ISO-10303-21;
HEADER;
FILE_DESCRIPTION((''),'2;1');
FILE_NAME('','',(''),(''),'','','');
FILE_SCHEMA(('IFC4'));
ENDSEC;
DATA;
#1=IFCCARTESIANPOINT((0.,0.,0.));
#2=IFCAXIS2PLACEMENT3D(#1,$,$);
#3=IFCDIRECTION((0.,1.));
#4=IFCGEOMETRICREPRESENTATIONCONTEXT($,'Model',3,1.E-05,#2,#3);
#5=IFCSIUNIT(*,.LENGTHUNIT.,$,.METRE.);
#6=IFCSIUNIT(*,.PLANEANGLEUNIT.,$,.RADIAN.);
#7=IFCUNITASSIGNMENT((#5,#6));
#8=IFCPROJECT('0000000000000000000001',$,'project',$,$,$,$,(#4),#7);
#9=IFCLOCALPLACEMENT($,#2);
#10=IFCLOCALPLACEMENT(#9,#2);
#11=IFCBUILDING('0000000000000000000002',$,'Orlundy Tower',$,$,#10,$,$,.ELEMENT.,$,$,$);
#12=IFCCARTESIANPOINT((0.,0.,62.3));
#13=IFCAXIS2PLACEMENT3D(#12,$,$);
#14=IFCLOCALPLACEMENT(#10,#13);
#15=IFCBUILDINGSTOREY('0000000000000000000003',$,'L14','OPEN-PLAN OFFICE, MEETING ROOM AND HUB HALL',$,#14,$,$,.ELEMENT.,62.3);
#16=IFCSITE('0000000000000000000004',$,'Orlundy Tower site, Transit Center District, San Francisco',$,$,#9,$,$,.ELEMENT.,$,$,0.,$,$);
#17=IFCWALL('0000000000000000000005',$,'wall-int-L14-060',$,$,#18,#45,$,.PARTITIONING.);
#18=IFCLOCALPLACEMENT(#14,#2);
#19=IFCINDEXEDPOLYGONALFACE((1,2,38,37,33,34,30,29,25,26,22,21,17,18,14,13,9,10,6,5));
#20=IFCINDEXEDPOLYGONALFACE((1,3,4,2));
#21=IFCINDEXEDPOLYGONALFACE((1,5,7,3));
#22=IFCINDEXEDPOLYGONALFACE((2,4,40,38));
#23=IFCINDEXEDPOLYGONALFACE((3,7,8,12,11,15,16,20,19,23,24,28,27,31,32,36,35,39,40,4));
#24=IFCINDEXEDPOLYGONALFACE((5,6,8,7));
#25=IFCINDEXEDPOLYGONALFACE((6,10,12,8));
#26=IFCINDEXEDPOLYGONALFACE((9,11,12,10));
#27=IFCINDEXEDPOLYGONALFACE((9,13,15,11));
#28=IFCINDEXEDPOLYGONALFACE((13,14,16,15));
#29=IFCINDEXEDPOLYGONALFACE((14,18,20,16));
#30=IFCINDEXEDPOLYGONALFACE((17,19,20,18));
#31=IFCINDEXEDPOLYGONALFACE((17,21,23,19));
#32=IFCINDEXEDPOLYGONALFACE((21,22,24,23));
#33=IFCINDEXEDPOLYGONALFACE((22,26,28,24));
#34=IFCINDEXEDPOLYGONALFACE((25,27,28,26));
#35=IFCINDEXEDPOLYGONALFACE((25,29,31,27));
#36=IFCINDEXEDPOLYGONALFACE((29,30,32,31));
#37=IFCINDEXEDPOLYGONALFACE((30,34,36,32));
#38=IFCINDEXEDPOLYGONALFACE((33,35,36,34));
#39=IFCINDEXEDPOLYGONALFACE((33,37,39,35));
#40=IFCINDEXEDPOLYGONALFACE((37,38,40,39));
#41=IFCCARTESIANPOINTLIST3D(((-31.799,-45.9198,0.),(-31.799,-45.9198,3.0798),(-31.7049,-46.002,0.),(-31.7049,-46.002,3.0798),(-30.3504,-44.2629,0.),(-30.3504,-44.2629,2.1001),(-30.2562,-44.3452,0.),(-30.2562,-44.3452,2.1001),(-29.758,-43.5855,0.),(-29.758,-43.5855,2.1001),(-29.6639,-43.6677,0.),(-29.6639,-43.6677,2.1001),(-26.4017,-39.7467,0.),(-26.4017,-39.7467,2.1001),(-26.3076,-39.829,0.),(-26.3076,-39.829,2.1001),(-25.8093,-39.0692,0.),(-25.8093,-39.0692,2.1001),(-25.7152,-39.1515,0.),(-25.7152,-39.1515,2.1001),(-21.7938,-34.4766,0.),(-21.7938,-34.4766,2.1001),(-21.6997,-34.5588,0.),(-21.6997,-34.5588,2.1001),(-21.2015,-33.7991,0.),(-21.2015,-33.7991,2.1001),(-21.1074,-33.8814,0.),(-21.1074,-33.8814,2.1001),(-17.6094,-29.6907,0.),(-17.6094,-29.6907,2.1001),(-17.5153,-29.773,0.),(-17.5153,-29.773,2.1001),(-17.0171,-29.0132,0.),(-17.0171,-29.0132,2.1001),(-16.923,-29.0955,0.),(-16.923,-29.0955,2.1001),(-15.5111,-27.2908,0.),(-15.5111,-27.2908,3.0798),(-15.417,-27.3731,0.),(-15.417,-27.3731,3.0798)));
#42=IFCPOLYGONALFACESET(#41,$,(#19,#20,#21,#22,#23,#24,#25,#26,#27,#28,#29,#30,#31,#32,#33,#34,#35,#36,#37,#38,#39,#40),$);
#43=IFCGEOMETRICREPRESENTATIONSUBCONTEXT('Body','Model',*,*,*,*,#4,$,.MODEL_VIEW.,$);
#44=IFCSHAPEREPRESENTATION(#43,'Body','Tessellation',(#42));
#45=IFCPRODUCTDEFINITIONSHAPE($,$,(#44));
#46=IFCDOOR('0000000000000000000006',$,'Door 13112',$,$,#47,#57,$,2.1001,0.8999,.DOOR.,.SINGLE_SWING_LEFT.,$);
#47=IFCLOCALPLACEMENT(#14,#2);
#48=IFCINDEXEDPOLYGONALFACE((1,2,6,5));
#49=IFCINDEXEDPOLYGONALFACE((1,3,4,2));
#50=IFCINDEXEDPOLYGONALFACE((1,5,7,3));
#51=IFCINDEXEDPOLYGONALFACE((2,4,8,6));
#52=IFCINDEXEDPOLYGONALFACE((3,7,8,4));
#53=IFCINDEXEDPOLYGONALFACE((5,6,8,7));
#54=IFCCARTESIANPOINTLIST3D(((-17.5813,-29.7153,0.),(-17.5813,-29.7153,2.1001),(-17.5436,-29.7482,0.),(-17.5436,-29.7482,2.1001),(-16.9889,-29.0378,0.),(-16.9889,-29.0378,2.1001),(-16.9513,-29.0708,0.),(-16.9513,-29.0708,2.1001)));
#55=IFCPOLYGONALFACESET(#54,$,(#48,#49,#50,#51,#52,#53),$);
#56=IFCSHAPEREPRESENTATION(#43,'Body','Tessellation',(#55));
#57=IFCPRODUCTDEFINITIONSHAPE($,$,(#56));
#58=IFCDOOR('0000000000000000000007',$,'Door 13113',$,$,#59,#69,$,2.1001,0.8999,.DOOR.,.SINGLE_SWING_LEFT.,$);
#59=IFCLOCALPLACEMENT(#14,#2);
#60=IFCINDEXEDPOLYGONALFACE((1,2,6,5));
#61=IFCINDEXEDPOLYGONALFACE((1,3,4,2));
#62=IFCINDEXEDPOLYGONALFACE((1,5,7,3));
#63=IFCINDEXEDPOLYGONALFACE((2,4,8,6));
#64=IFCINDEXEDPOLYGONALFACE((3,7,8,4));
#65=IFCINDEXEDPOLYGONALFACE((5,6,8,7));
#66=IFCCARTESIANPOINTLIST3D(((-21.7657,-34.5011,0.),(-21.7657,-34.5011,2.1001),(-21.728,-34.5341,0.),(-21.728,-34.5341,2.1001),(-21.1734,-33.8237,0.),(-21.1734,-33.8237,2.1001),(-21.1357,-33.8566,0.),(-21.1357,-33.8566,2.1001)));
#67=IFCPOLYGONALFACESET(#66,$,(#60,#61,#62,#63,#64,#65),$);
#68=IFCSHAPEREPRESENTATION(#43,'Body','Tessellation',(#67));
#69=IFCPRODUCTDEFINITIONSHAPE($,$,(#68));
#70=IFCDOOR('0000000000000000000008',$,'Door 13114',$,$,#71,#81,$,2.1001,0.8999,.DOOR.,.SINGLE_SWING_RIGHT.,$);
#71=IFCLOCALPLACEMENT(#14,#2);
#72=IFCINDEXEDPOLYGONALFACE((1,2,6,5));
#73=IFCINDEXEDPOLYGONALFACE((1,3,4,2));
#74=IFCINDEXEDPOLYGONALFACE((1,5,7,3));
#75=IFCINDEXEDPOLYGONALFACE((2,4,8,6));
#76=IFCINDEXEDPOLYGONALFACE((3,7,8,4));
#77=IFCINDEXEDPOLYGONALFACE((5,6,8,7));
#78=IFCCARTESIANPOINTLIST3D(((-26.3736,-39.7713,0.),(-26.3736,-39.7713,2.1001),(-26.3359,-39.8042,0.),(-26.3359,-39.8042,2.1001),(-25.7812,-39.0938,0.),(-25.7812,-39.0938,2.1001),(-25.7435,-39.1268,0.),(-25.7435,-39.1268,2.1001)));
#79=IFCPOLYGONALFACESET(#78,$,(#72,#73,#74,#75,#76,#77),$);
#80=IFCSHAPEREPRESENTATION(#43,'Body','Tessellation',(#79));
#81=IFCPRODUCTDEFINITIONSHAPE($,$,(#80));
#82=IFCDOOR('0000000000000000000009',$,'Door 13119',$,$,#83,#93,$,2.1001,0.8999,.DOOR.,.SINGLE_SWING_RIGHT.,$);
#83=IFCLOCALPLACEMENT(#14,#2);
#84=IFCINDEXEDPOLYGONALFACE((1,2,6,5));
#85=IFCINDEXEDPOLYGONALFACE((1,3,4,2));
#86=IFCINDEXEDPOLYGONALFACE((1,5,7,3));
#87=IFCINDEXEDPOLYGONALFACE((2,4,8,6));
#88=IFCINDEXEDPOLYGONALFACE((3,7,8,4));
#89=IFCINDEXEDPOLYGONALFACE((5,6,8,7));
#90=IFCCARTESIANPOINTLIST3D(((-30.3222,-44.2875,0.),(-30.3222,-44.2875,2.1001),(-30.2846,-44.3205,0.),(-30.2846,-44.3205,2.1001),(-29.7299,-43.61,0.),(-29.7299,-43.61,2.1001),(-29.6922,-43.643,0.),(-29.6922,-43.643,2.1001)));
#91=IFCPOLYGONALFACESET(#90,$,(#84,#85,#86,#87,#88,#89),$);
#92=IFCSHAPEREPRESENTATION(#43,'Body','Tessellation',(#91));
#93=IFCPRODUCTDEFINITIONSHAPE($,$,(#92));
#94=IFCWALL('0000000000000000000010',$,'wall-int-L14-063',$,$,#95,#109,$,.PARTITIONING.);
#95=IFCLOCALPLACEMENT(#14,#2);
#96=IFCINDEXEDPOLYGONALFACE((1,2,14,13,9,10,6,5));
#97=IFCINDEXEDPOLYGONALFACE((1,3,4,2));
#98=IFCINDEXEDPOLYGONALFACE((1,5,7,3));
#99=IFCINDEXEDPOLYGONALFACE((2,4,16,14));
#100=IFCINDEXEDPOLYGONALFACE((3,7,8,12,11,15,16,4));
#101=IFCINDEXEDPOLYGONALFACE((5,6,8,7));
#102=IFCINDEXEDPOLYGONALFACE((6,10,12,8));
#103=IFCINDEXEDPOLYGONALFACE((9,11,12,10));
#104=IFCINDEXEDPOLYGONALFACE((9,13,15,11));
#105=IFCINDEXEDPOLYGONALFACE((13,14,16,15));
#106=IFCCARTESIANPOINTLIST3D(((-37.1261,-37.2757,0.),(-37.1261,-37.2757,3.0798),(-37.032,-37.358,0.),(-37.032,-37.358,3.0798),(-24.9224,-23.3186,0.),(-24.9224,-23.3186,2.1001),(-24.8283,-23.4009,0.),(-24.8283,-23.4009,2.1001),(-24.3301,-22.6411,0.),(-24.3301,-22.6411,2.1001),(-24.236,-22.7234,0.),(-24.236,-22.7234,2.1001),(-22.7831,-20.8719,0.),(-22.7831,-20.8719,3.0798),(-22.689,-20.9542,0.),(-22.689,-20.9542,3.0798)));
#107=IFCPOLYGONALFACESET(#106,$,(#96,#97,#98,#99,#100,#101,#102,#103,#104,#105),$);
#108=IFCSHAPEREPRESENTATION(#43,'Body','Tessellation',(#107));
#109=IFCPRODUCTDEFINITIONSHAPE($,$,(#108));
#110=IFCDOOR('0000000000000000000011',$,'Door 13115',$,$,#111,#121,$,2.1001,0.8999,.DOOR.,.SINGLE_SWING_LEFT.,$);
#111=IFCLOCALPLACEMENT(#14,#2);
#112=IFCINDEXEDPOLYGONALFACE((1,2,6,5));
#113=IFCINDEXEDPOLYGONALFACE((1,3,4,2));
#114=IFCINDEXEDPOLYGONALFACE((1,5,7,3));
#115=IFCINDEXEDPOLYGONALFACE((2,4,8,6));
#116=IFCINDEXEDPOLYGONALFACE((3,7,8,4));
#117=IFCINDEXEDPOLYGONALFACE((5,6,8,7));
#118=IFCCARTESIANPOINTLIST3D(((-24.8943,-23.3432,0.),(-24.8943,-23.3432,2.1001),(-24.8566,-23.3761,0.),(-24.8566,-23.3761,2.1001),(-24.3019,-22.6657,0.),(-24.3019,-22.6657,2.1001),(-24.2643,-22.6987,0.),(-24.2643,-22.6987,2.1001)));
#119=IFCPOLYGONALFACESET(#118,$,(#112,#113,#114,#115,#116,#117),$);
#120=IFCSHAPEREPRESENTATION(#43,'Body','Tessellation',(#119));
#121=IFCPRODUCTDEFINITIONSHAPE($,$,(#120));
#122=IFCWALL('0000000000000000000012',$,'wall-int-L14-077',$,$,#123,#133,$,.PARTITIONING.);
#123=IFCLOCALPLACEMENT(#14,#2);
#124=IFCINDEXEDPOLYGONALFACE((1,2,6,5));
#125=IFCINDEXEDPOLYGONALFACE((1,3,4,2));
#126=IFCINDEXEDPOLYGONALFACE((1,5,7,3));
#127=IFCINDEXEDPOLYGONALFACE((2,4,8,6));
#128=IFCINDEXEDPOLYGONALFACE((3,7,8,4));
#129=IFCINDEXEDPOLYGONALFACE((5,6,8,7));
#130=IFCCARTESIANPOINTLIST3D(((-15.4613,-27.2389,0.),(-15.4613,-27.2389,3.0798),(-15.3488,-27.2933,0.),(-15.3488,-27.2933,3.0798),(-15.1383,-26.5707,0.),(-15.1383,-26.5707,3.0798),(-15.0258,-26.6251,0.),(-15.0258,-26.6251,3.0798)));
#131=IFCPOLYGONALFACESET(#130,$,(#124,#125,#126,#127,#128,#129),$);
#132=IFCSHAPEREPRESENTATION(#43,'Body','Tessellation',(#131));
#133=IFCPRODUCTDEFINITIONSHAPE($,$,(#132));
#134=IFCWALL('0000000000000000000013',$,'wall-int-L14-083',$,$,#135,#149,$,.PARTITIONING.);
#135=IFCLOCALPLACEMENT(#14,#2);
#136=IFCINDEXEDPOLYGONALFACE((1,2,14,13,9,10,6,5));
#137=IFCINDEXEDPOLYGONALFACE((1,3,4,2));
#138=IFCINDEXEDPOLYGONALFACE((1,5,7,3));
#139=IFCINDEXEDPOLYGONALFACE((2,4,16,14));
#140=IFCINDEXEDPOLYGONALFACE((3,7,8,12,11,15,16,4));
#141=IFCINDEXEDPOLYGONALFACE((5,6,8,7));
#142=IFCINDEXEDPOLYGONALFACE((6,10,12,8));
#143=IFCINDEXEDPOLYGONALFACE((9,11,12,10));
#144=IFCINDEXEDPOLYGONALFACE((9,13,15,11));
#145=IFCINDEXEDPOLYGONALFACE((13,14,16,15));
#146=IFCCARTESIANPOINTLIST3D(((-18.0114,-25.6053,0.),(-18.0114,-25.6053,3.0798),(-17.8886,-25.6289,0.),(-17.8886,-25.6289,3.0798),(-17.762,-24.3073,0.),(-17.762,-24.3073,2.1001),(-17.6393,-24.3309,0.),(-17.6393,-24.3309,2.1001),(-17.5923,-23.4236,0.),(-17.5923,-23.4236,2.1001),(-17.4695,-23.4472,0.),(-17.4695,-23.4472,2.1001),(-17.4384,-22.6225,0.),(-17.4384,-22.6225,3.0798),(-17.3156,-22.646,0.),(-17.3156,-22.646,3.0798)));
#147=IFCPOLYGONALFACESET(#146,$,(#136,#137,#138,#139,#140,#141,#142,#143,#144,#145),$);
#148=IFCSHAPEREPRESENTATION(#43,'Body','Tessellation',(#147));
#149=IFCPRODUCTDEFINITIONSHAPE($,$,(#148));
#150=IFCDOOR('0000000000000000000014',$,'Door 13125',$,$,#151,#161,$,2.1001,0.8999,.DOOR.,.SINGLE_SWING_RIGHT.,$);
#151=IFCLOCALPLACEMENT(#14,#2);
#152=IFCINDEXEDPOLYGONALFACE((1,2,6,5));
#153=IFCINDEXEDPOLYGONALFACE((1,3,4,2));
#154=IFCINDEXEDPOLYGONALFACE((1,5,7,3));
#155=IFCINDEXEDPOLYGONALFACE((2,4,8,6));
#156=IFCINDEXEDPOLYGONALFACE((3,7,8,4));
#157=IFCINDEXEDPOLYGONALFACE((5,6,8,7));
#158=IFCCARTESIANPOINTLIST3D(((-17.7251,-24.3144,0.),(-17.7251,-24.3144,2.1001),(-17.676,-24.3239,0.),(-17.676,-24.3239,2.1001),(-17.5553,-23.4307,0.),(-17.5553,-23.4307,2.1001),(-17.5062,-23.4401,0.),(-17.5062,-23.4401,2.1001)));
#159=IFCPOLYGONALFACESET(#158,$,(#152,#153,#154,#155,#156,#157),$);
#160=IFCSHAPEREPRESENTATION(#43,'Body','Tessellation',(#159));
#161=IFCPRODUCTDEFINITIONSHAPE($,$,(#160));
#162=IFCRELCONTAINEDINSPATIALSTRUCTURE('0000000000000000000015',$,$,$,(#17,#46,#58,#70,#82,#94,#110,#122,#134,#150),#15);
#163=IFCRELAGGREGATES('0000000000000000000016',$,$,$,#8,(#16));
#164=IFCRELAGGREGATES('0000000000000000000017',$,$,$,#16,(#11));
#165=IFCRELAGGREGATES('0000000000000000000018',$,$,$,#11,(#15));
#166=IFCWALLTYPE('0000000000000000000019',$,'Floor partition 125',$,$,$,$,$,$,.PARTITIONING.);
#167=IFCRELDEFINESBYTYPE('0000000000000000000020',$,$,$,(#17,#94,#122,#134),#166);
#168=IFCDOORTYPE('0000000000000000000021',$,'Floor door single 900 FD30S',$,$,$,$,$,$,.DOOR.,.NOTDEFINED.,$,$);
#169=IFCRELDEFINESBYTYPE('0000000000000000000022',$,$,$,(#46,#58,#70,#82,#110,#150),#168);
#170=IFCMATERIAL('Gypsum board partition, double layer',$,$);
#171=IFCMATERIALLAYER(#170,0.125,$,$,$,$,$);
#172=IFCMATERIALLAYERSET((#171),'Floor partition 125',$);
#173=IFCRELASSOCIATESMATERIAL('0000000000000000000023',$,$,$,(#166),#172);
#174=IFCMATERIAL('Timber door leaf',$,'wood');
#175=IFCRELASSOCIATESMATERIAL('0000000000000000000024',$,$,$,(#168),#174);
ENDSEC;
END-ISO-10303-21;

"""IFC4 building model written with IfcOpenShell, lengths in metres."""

from ifc_helpers import new_model, si_unit, direction, frame, frame_2d, origin, place, context, subcontext, project, spatial, rectangle, extrude, material, layer, layer_set, type_object, element, fill, save


model = new_model("IFC4")

# Units and contexts
model_context = context("Model", 3, precision=1e-05, world=origin(), true_north=direction((0.0, 1.0)))
body_context = subcontext(model_context, "Body", "Model", "MODEL_VIEW")
ifc_project = project(units=[si_unit("LENGTHUNIT", "METRE"), si_unit("PLANEANGLEUNIT", "RADIAN")], contexts=[model_context])

# Site, building, storey
site_placement = place(None, origin())
site = spatial("IfcSite", under=ifc_project, at=site_placement, Name="Orlundy Tower site, Transit Center District, San Francisco", CompositionType="ELEMENT", RefElevation=0.0)
building_placement = place(site_placement, origin())
building = spatial("IfcBuilding", under=site, at=building_placement, Name="Orlundy Tower", CompositionType="ELEMENT")
storey_placement = place(building_placement, frame((0.0, 0.0, 62.3)))
storey = spatial("IfcBuildingStorey", under=building, at=storey_placement, Name="L14", Description="OPEN-PLAN OFFICE, MEETING ROOM AND HUB HALL", CompositionType="ELEMENT", Elevation=62.3)

# Shared definitions
ifc_material_1 = material(Name="Gypsum board partition, double layer")
ifc_layer_1 = layer(ifc_material_1, 0.125)
ifc_layer_set_1 = layer_set([ifc_layer_1], Name="Floor partition 125")
wall_type_1 = type_object("IfcWallType", Name="Floor partition 125", PredefinedType="PARTITIONING", material=ifc_layer_set_1)

# Wall, openings, doors
wall_1_placement = place(storey_placement, frame((-15.4641, -27.332, 0.0), z_axis=(0.0, 0.0, 1.0), x_axis=(-0.65822, -0.752826, 0.0)))
wall_1 = element("IfcWall", 1, at=wall_1_placement, inside=storey, type_object=wall_type_1, Name="wall-int-L14-060", PredefinedType="PARTITIONING", context=body_context, shape_type="SweptSolid", body=[
    extrude(rectangle(XDim=24.7454, YDim=0.125, at=frame_2d((12.3726, 0.0))), origin(), (0.0, 0.0, 1.0), 3.0798),
])
opening_1_placement = place(wall_1_placement, frame((2.2878, 0.0, 0.0)))
opening_1 = element("IfcOpeningElement", 2, at=opening_1_placement, cuts=wall_1, PredefinedType="OPENING", context=body_context, shape_type="SweptSolid", body=[
    extrude(rectangle(XDim=0.8999, YDim=2.1001, at=frame_2d((0.45, 1.05))), frame((0.0, 0.0725, 0.0), z_axis=(0.0, -1.0, 0.0), x_axis=(1.0, 0.0, 0.0)), (0.0, 0.0, 1.0), 0.145),
])
opening_2_placement = place(wall_1_placement, frame((8.645, 0.0, 0.0)))
opening_2 = element("IfcOpeningElement", 3, at=opening_2_placement, cuts=wall_1, PredefinedType="OPENING", context=body_context, shape_type="SweptSolid", body=[
    extrude(rectangle(XDim=0.8999, YDim=2.1001, at=frame_2d((0.45, 1.05))), frame((0.0, 0.0725, 0.0), z_axis=(0.0, -1.0, 0.0), x_axis=(1.0, 0.0, 0.0)), (0.0, 0.0, 1.0), 0.145),
])
opening_3_placement = place(wall_1_placement, frame((15.6455, 0.0, 0.0)))
opening_3 = element("IfcOpeningElement", 4, at=opening_3_placement, cuts=wall_1, PredefinedType="OPENING", context=body_context, shape_type="SweptSolid", body=[
    extrude(rectangle(XDim=0.8999, YDim=2.1001, at=frame_2d((0.45, 1.05))), frame((0.0, 0.0725, 0.0), z_axis=(0.0, -1.0, 0.0), x_axis=(1.0, 0.0, 0.0)), (0.0, 0.0, 1.0), 0.145),
])
opening_4_placement = place(wall_1_placement, frame((21.6445, 0.0, 0.0)))
opening_4 = element("IfcOpeningElement", 5, at=opening_4_placement, cuts=wall_1, PredefinedType="OPENING", context=body_context, shape_type="SweptSolid", body=[
    extrude(rectangle(XDim=0.8999, YDim=2.1001, at=frame_2d((0.45, 1.05))), frame((0.0, 0.0725, 0.0), z_axis=(0.0, -1.0, 0.0), x_axis=(1.0, 0.0, 0.0)), (0.0, 0.0, 1.0), 0.145),
])
ifc_material_2 = material(Name="Timber door leaf", Category="wood")
door_type = type_object("IfcDoorType", Name="Floor door single 900 FD30S", OperationType="NOTDEFINED", PredefinedType="DOOR", material=ifc_material_2)
door_1_placement = place(opening_1_placement, origin())
door_1 = element("IfcDoor", 6, at=door_1_placement, inside=storey, type_object=door_type, Name="Door 13112", OperationType="SINGLE_SWING_LEFT", OverallHeight=2.1001, OverallWidth=0.8999, PredefinedType="DOOR", context=body_context, shape_type="SweptSolid", body=[
    extrude(rectangle(XDim=0.8999, YDim=2.1001, at=frame_2d((0.45, 1.05))), frame((0.0, 0.0249, 0.0), z_axis=(0.0, -1.0, 0.0), x_axis=(1.0, 0.0, 0.0)), (0.0, 0.0, 1.0), 0.05),
])
fill(opening_1, door_1)
door_2_placement = place(opening_2_placement, origin())
door_2 = element("IfcDoor", 7, at=door_2_placement, inside=storey, type_object=door_type, Name="Door 13113", OperationType="SINGLE_SWING_LEFT", OverallHeight=2.1001, OverallWidth=0.8999, PredefinedType="DOOR", context=body_context, shape_type="SweptSolid", body=[
    extrude(rectangle(XDim=0.8999, YDim=2.1001, at=frame_2d((0.45, 1.05))), frame((0.0, 0.0249, 0.0), z_axis=(0.0, -1.0, 0.0), x_axis=(1.0, 0.0, 0.0)), (0.0, 0.0, 1.0), 0.05),
])
fill(opening_2, door_2)
door_3_placement = place(opening_3_placement, origin())
door_3 = element("IfcDoor", 8, at=door_3_placement, inside=storey, type_object=door_type, Name="Door 13114", OperationType="SINGLE_SWING_RIGHT", OverallHeight=2.1001, OverallWidth=0.8999, PredefinedType="DOOR", context=body_context, shape_type="SweptSolid", body=[
    extrude(rectangle(XDim=0.8999, YDim=2.1001, at=frame_2d((0.45, 1.05))), frame((0.0, 0.0249, 0.0), z_axis=(0.0, -1.0, 0.0), x_axis=(1.0, 0.0, 0.0)), (0.0, 0.0, 1.0), 0.05),
])
fill(opening_3, door_3)
door_4_placement = place(opening_4_placement, origin())
door_4 = element("IfcDoor", 9, at=door_4_placement, inside=storey, type_object=door_type, Name="Door 13119", OperationType="SINGLE_SWING_RIGHT", OverallHeight=2.1001, OverallWidth=0.8999, PredefinedType="DOOR", context=body_context, shape_type="SweptSolid", body=[
    extrude(rectangle(XDim=0.8999, YDim=2.1001, at=frame_2d((0.45, 1.05))), frame((0.0, 0.0249, 0.0), z_axis=(0.0, -1.0, 0.0), x_axis=(1.0, 0.0, 0.0)), (0.0, 0.0, 1.0), 0.05),
])
fill(opening_4, door_4)

# Wall, opening, door
wall_2_placement = place(storey_placement, frame((-22.7361, -20.9131, 0.0), z_axis=(0.0, 0.0, 1.0), x_axis=(-0.658236, -0.752811, 0.0)))
wall_2 = element("IfcWall", 10, at=wall_2_placement, inside=storey, type_object=wall_type_1, Name="wall-int-L14-063", PredefinedType="PARTITIONING", context=body_context, shape_type="SweptSolid", body=[
    extrude(rectangle(XDim=21.79, YDim=0.125, at=frame_2d((10.895, 0.0))), origin(), (0.0, 0.0, 1.0), 3.0798),
])
opening_5_placement = place(wall_2_placement, frame((2.3501, 0.0, 0.0)))
opening_5 = element("IfcOpeningElement", 11, at=opening_5_placement, cuts=wall_2, PredefinedType="OPENING", context=body_context, shape_type="SweptSolid", body=[
    extrude(rectangle(XDim=0.8999, YDim=2.1001, at=frame_2d((0.45, 1.05))), frame((0.0, 0.0725, 0.0), z_axis=(0.0, -1.0, 0.0), x_axis=(1.0, 0.0, 0.0)), (0.0, 0.0, 1.0), 0.145),
])
door_5_placement = place(opening_5_placement, origin())
door_5 = element("IfcDoor", 12, at=door_5_placement, inside=storey, type_object=door_type, Name="Door 13115", OperationType="SINGLE_SWING_LEFT", OverallHeight=2.1001, OverallWidth=0.8999, PredefinedType="DOOR", context=body_context, shape_type="SweptSolid", body=[
    extrude(rectangle(XDim=0.8999, YDim=2.1001, at=frame_2d((0.45, 1.05))), frame((0.0, 0.0249, 0.0), z_axis=(0.0, -1.0, 0.0), x_axis=(1.0, 0.0, 0.0)), (0.0, 0.0, 1.0), 0.05),
])
fill(opening_5, door_5)

# Wall
wall_3_placement = place(storey_placement, frame((-15.405, -27.2661, 0.0), z_axis=(0.0, 0.0, 1.0), x_axis=(0.4352, 0.900334, 0.0)))
element("IfcWall", 13, at=wall_3_placement, inside=storey, type_object=wall_type_1, Name="wall-int-L14-077", PredefinedType="PARTITIONING", context=body_context, shape_type="SweptSolid", body=[
    extrude(rectangle(XDim=0.7422, YDim=0.125, at=frame_2d((0.3711, 0.0))), origin(), (0.0, 0.0, 1.0), 3.0798),
])

# Wall, opening, door
wall_4_placement = place(storey_placement, frame((-17.95, -25.6169, 0.0), z_axis=(0.0, 0.0, 1.0), x_axis=(0.188645, 0.982045, 0.0)))
wall_4 = element("IfcWall", 14, at=wall_4_placement, inside=storey, type_object=wall_type_1, Name="wall-int-L14-083", PredefinedType="PARTITIONING", context=body_context, shape_type="SweptSolid", body=[
    extrude(rectangle(XDim=3.0374, YDim=0.125, at=frame_2d((1.5186, 0.0))), origin(), (0.0, 0.0, 1.0), 3.0798),
])
opening_6_placement = place(wall_4_placement, frame((1.3215, 0.0, 0.0)))
opening_6 = element("IfcOpeningElement", 15, at=opening_6_placement, cuts=wall_4, PredefinedType="OPENING", context=body_context, shape_type="SweptSolid", body=[
    extrude(rectangle(XDim=0.8999, YDim=2.1001, at=frame_2d((0.45, 1.05))), frame((0.0, 0.0725, 0.0), z_axis=(0.0, -1.0, 0.0), x_axis=(1.0, 0.0, 0.0)), (0.0, 0.0, 1.0), 0.145),
])
door_6_placement = place(opening_6_placement, origin())
door_6 = element("IfcDoor", 16, at=door_6_placement, inside=storey, type_object=door_type, Name="Door 13125", OperationType="SINGLE_SWING_RIGHT", OverallHeight=2.1001, OverallWidth=0.8999, PredefinedType="DOOR", context=body_context, shape_type="SweptSolid", body=[
    extrude(rectangle(XDim=0.8999, YDim=2.1001, at=frame_2d((0.45, 1.05))), frame((0.0, 0.0249, 0.0), z_axis=(0.0, -1.0, 0.0), x_axis=(1.0, 0.0, 0.0)), (0.0, 0.0, 1.0), 0.05),
])
fill(opening_6, door_6)

save(model, "model.ifc")
